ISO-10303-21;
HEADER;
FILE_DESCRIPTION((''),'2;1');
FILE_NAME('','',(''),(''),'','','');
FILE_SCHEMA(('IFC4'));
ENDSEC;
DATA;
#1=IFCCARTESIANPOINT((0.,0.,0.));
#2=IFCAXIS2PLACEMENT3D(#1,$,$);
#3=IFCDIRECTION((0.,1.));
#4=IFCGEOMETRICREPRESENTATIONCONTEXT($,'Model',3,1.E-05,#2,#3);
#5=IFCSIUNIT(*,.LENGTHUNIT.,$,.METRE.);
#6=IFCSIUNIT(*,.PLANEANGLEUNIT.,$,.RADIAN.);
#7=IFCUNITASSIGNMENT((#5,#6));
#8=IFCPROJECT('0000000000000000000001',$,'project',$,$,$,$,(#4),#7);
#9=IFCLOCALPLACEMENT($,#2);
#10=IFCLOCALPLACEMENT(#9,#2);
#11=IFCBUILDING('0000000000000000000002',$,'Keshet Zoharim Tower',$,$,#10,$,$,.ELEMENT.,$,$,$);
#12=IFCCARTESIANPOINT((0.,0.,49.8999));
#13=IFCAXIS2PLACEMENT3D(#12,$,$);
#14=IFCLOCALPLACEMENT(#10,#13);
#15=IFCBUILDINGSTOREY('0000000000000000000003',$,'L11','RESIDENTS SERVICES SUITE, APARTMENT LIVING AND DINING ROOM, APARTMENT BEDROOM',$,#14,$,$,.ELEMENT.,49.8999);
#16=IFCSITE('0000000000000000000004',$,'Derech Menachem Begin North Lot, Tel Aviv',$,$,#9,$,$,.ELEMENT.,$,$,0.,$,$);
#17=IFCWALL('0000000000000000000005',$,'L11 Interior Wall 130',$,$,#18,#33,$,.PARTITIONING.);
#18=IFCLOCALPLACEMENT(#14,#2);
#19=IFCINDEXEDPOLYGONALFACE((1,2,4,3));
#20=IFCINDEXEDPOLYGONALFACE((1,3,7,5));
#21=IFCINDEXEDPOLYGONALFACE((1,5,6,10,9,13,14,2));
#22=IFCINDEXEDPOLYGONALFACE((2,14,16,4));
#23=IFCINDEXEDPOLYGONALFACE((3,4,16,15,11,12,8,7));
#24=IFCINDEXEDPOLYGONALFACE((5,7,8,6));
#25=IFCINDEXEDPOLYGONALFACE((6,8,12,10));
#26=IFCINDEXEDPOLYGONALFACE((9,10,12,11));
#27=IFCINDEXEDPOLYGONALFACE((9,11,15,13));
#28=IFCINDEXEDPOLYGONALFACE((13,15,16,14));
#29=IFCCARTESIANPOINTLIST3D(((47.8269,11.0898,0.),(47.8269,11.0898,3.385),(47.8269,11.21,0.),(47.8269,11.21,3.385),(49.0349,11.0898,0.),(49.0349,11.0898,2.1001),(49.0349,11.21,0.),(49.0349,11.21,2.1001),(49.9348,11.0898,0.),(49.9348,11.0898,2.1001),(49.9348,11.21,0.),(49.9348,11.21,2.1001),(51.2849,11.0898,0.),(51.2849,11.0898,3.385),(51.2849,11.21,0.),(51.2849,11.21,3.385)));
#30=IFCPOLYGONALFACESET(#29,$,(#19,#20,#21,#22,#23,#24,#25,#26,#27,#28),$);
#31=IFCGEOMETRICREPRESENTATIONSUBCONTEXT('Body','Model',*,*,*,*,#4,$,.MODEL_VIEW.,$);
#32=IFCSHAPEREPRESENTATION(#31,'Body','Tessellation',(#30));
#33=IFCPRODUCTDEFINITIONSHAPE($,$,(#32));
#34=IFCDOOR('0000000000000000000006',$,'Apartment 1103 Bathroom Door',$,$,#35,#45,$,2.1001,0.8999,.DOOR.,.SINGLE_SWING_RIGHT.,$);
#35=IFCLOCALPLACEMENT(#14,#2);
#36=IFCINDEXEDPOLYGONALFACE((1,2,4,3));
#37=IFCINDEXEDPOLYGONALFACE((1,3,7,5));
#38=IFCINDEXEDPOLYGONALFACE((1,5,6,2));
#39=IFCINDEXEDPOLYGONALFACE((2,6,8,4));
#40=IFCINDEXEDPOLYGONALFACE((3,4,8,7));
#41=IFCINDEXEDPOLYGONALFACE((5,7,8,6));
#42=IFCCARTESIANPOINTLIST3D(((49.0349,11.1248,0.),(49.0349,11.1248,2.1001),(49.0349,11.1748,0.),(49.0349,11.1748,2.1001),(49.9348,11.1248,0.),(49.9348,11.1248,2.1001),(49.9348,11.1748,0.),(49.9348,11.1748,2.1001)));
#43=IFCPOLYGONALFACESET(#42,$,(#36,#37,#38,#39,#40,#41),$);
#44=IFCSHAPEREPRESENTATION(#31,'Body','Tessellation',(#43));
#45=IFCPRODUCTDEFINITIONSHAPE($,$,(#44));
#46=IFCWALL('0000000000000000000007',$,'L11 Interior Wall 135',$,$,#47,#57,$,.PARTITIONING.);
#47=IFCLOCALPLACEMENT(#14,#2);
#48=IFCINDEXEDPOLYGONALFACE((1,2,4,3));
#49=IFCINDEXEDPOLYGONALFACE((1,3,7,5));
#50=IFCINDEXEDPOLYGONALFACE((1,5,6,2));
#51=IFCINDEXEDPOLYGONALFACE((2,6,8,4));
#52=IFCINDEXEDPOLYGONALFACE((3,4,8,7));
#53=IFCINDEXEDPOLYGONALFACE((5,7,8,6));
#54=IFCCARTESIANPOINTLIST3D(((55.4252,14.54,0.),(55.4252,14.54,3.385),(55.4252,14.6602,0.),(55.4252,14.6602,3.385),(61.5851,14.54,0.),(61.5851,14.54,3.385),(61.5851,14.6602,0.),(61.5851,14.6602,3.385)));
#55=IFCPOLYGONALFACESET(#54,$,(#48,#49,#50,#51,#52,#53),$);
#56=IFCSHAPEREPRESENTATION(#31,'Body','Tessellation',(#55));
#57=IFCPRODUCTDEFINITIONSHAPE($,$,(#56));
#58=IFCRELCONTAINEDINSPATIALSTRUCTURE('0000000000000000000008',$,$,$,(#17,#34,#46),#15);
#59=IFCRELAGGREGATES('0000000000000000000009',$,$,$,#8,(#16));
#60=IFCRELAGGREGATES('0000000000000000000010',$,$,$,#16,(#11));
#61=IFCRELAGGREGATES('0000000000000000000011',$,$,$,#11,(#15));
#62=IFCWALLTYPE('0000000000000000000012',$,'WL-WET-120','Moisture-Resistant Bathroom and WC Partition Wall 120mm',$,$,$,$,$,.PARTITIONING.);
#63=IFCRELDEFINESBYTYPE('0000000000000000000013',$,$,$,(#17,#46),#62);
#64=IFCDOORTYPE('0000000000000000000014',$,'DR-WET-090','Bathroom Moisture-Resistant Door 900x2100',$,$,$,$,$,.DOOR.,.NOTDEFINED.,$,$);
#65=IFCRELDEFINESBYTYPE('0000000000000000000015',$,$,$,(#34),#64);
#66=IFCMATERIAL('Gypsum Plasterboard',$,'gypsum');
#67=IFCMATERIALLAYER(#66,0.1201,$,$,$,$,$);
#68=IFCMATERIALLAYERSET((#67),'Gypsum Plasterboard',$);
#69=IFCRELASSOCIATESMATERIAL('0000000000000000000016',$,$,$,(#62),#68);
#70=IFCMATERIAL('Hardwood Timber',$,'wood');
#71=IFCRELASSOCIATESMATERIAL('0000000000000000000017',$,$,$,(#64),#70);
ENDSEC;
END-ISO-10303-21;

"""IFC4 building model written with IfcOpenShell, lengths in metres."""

from ifc_helpers import new_model, si_unit, direction, frame, frame_2d, origin, place, context, subcontext, project, spatial, rectangle, extrude, material, layer, layer_set, type_object, element, fill, save


model = new_model("IFC4")

# Units and contexts
model_context = context("Model", 3, precision=1e-05, world=origin(), true_north=direction((0.0, 1.0)))
body_context = subcontext(model_context, "Body", "Model", "MODEL_VIEW")
ifc_project = project(units=[si_unit("LENGTHUNIT", "METRE"), si_unit("PLANEANGLEUNIT", "RADIAN")], contexts=[model_context])

# Site, building, storey
site_placement = place(None, origin())
site = spatial("IfcSite", under=ifc_project, at=site_placement, Name="Derech Menachem Begin North Lot, Tel Aviv", CompositionType="ELEMENT", RefElevation=0.0)
building_placement = place(site_placement, origin())
building = spatial("IfcBuilding", under=site, at=building_placement, Name="Keshet Zoharim Tower", CompositionType="ELEMENT")
storey_placement = place(building_placement, frame((0.0, 0.0, 49.8999)))
storey = spatial("IfcBuildingStorey", under=building, at=storey_placement, Name="L11", Description="RESIDENTS SERVICES SUITE, APARTMENT LIVING AND DINING ROOM, APARTMENT BEDROOM", CompositionType="ELEMENT", Elevation=49.8999)

# Shared definitions
ifc_material_1 = material(Name="Gypsum Plasterboard", Category="gypsum")

# Shared definitions
ifc_material_2 = material(Name="Hardwood Timber", Category="wood")

# Shared definitions
ifc_layer_1 = layer(ifc_material_1, 0.1201)
ifc_layer_set_1 = layer_set([ifc_layer_1], Name="Gypsum Plasterboard")
wall_type_1 = type_object("IfcWallType", Name="WL-WET-120", Description="Moisture-Resistant Bathroom and WC Partition Wall 120mm", PredefinedType="PARTITIONING", material=ifc_layer_set_1)

# Wall, opening, door
door_type_1 = type_object("IfcDoorType", Name="DR-WET-090", Description="Bathroom Moisture-Resistant Door 900x2100", OperationType="NOTDEFINED", PredefinedType="DOOR", material=ifc_material_2)
wall_1_placement = place(storey_placement, frame((47.8269, 11.1499, 0.0), z_axis=(0.0, 0.0, 1.0), x_axis=(1.0, 0.0, 0.0)))
wall_1 = element("IfcWall", 1, at=wall_1_placement, inside=storey, type_object=wall_type_1, Name="L11 Interior Wall 130", PredefinedType="PARTITIONING", context=body_context, shape_type="SweptSolid", body=[
    extrude(rectangle(XDim=3.458, YDim=0.1201, at=frame_2d((1.729, 0.0))), origin(), (0.0, 0.0, 1.0), 3.385),
])
opening_1_placement = place(wall_1_placement, frame((1.208, 0.0, 0.0)))
opening_1 = element("IfcOpeningElement", 2, at=opening_1_placement, cuts=wall_1, PredefinedType="OPENING", context=body_context, shape_type="SweptSolid", body=[
    extrude(rectangle(XDim=0.8999, YDim=2.1001, at=frame_2d((0.45, 1.05))), frame((0.0, 0.0701, 0.0), z_axis=(0.0, -1.0, 0.0), x_axis=(1.0, 0.0, 0.0)), (0.0, 0.0, 1.0), 0.1401),
])
door_1_placement = place(opening_1_placement, origin())
door_1 = element("IfcDoor", 3, at=door_1_placement, inside=storey, type_object=door_type_1, Name="Apartment 1103 Bathroom Door", OperationType="SINGLE_SWING_RIGHT", OverallHeight=2.1001, OverallWidth=0.8999, PredefinedType="DOOR", context=body_context, shape_type="SweptSolid", body=[
    extrude(rectangle(XDim=0.8999, YDim=2.1001, at=frame_2d((0.45, 1.05))), frame((0.0, 0.0249, 0.0), z_axis=(0.0, -1.0, 0.0), x_axis=(1.0, 0.0, 0.0)), (0.0, 0.0, 1.0), 0.05),
])
fill(opening_1, door_1)

# Wall
wall_2_placement = place(storey_placement, frame((55.425, 14.6001, 0.0), z_axis=(0.0, 0.0, 1.0), x_axis=(1.0, 0.0, 0.0)))
element("IfcWall", 4, at=wall_2_placement, inside=storey, type_object=wall_type_1, Name="L11 Interior Wall 135", PredefinedType="PARTITIONING", context=body_context, shape_type="SweptSolid", body=[
    extrude(rectangle(XDim=6.1599, YDim=0.1201, at=frame_2d((3.0801, 0.0))), origin(), (0.0, 0.0, 1.0), 3.385),
])

save(model, "model.ifc")
